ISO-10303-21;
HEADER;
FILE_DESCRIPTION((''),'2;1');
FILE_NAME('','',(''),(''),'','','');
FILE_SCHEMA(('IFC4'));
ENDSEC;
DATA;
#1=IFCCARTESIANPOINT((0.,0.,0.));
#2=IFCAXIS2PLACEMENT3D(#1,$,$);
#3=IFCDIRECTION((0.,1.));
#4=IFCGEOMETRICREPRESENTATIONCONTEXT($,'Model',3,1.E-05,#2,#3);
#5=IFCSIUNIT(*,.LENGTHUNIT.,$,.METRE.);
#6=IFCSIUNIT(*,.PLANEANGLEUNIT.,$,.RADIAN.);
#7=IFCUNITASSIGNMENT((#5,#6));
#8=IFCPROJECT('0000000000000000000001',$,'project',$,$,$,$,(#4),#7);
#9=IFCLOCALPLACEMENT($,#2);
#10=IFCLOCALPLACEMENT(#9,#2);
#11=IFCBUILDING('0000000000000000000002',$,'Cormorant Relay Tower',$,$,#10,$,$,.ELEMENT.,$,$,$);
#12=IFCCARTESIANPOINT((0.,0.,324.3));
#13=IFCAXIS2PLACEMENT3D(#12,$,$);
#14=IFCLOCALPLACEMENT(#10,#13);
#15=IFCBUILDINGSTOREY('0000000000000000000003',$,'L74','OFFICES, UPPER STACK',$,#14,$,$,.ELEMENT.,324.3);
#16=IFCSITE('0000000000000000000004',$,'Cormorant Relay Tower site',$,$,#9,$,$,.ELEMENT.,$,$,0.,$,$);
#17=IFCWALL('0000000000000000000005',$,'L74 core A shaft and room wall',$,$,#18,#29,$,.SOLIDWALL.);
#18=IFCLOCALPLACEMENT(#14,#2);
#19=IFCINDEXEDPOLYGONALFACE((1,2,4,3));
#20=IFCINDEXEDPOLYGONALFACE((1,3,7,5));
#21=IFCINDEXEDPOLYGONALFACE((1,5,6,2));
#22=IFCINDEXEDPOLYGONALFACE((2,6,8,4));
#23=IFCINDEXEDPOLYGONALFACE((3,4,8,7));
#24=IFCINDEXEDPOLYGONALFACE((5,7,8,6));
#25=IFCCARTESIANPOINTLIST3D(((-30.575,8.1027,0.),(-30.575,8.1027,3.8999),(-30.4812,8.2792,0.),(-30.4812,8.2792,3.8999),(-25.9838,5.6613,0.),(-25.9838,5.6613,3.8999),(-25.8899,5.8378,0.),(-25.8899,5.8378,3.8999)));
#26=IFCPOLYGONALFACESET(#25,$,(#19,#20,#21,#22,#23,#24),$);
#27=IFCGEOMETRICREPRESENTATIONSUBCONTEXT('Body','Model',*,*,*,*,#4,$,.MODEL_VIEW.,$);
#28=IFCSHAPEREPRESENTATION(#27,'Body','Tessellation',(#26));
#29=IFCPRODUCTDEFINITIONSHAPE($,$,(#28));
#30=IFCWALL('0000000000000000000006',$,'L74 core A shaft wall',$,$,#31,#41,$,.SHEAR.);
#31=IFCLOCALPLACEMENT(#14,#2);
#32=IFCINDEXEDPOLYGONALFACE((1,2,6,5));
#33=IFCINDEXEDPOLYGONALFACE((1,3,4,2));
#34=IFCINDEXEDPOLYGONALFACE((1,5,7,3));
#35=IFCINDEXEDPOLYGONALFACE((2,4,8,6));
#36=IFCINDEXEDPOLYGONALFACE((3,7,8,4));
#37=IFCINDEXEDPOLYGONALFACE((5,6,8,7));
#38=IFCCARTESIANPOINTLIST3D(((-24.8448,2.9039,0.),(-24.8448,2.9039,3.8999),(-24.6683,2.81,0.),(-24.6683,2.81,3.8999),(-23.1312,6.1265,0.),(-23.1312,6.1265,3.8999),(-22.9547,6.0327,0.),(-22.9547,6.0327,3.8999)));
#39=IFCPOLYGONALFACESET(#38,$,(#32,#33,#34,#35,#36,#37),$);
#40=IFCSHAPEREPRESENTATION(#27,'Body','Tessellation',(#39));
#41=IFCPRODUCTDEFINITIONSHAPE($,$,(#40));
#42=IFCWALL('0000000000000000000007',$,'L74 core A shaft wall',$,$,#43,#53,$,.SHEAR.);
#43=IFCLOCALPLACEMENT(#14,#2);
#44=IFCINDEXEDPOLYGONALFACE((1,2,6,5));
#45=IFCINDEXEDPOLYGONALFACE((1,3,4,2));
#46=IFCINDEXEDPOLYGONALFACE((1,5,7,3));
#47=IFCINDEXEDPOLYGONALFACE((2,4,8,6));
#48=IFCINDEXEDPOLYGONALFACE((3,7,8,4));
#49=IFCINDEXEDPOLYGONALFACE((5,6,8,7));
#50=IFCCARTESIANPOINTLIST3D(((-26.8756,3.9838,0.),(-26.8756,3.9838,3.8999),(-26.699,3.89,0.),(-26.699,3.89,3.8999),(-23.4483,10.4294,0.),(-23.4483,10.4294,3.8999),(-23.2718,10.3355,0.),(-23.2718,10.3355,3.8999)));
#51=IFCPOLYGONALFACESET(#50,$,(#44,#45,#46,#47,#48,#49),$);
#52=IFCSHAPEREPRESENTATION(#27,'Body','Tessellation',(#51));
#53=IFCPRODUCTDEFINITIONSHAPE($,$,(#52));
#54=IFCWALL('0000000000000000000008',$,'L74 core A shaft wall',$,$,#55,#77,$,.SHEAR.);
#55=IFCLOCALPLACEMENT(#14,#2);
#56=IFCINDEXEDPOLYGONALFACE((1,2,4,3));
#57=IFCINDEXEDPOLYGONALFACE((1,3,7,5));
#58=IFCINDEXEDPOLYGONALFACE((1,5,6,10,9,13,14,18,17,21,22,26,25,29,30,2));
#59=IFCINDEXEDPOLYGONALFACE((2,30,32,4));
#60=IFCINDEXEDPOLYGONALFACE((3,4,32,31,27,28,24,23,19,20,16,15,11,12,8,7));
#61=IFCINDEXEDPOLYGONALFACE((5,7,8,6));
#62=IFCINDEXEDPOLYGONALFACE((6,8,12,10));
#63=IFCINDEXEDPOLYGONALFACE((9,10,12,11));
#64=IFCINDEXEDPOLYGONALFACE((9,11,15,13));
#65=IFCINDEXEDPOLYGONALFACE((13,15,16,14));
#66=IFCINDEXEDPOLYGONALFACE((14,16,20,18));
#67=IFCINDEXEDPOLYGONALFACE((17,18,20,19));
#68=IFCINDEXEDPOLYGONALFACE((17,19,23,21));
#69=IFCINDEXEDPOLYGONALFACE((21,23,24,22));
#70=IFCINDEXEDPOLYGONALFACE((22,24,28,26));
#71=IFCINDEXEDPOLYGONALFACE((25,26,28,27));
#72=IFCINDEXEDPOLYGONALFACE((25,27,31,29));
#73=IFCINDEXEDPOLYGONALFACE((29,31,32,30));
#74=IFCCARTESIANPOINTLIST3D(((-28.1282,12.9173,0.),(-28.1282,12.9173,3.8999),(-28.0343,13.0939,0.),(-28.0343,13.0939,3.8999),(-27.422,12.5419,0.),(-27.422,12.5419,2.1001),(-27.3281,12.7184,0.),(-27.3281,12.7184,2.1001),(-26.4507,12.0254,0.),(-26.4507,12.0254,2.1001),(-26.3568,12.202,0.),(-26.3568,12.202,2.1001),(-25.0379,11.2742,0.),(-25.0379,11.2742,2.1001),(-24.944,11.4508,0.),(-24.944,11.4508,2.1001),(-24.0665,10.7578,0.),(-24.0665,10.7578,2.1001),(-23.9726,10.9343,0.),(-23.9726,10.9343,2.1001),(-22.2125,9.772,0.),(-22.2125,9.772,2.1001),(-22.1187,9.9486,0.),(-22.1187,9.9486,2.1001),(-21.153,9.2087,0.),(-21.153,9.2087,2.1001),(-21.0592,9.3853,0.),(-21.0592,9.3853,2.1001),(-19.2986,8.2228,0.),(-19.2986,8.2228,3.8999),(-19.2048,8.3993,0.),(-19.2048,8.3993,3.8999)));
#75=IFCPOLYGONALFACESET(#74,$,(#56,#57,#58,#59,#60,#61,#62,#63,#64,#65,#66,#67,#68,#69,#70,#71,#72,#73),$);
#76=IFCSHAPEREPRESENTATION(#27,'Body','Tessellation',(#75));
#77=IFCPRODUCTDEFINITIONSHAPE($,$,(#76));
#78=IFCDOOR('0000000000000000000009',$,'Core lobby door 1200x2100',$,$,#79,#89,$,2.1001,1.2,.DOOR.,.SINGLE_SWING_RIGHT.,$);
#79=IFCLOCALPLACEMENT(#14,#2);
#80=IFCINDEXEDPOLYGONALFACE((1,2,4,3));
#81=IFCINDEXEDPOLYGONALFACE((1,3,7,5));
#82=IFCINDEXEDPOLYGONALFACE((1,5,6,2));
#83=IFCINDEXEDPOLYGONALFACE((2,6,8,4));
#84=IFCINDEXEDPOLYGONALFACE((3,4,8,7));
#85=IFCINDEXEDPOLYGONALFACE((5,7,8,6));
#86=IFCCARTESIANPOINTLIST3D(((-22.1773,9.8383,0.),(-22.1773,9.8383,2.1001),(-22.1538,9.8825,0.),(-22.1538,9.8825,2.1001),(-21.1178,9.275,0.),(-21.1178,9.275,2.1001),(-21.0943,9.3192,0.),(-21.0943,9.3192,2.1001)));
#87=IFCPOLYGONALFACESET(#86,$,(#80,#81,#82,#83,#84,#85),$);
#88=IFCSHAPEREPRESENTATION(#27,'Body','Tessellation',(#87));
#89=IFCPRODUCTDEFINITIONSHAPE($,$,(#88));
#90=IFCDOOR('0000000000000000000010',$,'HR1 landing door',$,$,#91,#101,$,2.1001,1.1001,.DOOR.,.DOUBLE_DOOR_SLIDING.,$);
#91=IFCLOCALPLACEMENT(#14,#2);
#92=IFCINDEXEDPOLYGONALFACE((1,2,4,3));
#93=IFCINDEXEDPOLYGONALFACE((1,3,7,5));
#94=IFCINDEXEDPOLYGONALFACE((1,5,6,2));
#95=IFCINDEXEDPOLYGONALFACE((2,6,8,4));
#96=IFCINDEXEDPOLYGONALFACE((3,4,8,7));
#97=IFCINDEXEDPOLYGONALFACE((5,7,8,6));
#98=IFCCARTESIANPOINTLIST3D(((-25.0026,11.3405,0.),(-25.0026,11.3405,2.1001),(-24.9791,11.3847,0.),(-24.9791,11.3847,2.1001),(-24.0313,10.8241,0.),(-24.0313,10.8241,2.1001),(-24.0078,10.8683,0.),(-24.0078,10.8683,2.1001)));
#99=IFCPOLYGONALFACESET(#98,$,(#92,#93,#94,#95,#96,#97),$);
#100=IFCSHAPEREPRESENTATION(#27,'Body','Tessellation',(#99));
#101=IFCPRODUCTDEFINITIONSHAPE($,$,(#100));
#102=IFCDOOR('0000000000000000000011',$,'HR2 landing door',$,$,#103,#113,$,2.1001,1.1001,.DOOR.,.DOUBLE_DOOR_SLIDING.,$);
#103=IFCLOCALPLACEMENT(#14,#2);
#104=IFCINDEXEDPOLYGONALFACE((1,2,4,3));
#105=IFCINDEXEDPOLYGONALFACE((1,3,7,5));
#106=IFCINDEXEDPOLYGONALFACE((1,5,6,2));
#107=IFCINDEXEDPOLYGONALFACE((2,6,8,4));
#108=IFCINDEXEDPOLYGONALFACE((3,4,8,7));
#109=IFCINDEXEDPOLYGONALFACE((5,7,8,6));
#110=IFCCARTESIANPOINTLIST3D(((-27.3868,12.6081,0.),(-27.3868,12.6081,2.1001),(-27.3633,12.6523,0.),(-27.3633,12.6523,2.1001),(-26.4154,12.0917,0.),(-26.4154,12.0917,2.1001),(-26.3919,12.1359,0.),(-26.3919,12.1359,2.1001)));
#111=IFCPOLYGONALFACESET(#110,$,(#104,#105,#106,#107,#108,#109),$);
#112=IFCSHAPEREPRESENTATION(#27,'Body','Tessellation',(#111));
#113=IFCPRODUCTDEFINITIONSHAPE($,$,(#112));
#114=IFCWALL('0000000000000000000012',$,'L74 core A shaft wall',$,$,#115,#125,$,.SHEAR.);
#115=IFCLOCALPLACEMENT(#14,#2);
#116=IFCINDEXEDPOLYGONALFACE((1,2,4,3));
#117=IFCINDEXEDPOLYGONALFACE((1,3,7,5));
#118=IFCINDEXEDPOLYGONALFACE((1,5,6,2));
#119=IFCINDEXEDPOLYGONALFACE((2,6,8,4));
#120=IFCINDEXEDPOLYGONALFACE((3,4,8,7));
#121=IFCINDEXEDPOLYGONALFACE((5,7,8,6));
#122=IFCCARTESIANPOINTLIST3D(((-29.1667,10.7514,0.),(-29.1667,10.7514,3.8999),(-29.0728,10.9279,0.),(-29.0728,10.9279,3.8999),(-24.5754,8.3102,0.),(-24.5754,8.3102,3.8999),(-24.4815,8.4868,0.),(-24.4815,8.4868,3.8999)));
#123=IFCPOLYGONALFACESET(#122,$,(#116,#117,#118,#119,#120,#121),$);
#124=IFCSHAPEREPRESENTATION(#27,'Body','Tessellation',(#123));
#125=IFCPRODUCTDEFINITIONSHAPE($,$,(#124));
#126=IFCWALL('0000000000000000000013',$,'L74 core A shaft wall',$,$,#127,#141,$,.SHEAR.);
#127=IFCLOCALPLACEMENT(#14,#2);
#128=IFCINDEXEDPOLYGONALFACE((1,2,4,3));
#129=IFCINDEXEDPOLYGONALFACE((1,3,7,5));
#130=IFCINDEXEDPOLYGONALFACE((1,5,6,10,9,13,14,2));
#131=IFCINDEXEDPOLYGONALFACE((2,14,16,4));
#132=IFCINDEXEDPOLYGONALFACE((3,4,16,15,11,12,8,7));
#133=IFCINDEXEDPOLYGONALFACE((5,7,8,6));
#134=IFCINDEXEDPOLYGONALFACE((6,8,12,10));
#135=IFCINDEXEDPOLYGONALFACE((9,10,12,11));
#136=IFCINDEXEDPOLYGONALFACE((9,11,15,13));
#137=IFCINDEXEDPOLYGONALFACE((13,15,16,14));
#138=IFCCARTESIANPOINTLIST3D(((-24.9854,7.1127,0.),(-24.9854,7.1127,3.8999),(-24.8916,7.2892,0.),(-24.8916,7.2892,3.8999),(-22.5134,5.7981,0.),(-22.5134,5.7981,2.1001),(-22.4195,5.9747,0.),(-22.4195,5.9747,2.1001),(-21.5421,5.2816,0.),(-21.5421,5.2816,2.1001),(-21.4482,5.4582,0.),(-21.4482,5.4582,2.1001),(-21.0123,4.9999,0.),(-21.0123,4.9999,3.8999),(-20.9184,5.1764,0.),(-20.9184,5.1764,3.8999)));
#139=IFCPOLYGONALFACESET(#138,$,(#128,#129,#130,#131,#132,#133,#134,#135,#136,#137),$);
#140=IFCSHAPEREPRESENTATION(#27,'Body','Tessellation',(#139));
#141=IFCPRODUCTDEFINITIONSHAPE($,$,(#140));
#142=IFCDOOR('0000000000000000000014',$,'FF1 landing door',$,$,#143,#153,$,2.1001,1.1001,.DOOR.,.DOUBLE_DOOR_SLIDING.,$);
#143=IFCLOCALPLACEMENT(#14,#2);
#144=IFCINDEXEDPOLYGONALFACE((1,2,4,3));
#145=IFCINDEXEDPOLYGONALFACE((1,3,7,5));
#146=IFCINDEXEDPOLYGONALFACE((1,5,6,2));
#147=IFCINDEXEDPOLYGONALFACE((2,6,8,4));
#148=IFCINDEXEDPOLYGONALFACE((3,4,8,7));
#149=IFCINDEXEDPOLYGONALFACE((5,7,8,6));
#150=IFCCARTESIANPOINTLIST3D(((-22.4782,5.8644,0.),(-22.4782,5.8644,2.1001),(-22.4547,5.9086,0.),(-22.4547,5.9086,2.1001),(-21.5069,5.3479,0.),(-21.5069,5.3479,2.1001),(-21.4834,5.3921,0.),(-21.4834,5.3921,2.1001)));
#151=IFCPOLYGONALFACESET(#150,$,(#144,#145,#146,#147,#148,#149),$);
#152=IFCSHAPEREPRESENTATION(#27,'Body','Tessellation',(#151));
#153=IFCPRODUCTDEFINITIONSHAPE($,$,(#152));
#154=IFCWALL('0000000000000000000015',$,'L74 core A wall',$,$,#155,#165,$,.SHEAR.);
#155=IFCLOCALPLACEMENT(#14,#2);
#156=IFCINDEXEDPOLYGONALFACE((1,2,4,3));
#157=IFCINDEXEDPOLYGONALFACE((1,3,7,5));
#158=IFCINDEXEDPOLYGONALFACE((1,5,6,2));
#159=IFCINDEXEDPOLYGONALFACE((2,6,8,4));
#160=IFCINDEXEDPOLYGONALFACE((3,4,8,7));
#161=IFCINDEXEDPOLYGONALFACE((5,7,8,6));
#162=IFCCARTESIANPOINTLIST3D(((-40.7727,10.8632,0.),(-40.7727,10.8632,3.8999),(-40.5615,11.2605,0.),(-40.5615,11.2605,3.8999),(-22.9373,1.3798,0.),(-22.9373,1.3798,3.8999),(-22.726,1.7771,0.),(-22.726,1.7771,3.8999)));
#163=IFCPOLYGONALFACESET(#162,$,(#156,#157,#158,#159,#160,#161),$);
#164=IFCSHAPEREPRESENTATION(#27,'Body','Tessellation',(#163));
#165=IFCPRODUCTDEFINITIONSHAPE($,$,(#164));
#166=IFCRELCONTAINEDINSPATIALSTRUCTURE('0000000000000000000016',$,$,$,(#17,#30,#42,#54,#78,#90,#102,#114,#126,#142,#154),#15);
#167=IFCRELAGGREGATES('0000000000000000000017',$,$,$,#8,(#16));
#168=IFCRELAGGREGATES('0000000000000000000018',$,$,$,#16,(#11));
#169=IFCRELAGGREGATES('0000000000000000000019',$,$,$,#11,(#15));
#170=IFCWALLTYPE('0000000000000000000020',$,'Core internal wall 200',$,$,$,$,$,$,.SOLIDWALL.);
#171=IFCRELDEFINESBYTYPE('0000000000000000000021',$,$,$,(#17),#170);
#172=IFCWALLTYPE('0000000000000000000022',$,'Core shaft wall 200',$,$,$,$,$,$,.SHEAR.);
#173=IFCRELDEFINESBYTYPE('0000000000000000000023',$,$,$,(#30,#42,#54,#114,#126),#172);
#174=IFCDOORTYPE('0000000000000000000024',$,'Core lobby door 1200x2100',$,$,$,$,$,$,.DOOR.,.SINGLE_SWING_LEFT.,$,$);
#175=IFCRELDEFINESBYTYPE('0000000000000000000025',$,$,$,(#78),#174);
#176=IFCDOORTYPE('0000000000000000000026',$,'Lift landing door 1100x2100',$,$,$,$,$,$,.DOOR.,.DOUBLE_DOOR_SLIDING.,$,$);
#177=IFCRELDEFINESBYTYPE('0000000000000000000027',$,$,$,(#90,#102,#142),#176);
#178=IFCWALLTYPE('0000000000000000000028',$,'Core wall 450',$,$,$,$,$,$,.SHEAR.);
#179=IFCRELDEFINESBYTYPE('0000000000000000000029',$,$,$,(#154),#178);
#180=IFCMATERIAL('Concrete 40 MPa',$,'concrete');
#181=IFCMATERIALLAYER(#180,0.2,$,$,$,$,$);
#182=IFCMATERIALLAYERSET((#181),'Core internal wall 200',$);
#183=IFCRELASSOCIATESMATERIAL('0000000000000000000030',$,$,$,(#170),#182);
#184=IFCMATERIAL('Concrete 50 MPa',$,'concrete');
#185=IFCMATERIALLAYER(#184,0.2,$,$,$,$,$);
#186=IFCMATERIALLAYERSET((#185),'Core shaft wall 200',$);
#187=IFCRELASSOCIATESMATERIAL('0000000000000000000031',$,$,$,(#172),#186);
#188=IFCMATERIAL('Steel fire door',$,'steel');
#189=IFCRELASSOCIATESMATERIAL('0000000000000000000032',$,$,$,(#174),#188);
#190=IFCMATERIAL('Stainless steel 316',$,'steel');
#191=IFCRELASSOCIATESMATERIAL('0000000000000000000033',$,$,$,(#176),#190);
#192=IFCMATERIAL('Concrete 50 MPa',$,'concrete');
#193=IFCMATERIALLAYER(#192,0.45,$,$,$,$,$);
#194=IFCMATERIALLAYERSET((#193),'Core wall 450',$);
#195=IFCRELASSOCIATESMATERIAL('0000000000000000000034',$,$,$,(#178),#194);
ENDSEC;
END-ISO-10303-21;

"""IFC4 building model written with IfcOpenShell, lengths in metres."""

from ifc_helpers import new_model, si_unit, direction, frame, frame_2d, origin, place, context, subcontext, project, spatial, rectangle, extrude, material, layer, layer_set, type_object, element, fill, save


model = new_model("IFC4")

# Units and contexts
model_context = context("Model", 3, precision=1e-05, world=origin(), true_north=direction((0.0, 1.0)))
body_context = subcontext(model_context, "Body", "Model", "MODEL_VIEW")
ifc_project = project(units=[si_unit("LENGTHUNIT", "METRE"), si_unit("PLANEANGLEUNIT", "RADIAN")], contexts=[model_context])

# Site, building, storey
site_placement = place(None, origin())
site = spatial("IfcSite", under=ifc_project, at=site_placement, Name="Cormorant Relay Tower site", CompositionType="ELEMENT", RefElevation=0.0)
building_placement = place(site_placement, origin())
building = spatial("IfcBuilding", under=site, at=building_placement, Name="Cormorant Relay Tower", CompositionType="ELEMENT")
storey_placement = place(building_placement, frame((0.0, 0.0, 324.3)))
storey = spatial("IfcBuildingStorey", under=building, at=storey_placement, Name="L74", Description="OFFICES, UPPER STACK", CompositionType="ELEMENT", Elevation=324.3)

# Walls
ifc_material_1 = material(Name="Concrete 40 MPa", Category="concrete")
ifc_layer_1 = layer(ifc_material_1, 0.2)
ifc_layer_set_1 = layer_set([ifc_layer_1], Name="Core internal wall 200")
wall_type_1 = type_object("IfcWallType", Name="Core internal wall 200", PredefinedType="SOLIDWALL", material=ifc_layer_set_1)
wall_1_placement = place(storey_placement, frame((-25.9368, 5.7495, 0.0), z_axis=(0.0, 0.0, 1.0), x_axis=(-0.882935, 0.469496, 0.0)))
element("IfcWall", 1, at=wall_1_placement, inside=storey, type_object=wall_type_1, Name="L74 core A shaft and room wall", PredefinedType="SOLIDWALL", context=body_context, shape_type="SweptSolid", body=[
    extrude(rectangle(XDim=5.2, YDim=0.2, at=frame_2d((2.6001, 0.0))), origin(), (0.0, 0.0, 1.0), 3.8999),
])
ifc_material_2 = material(Name="Concrete 50 MPa", Category="concrete")
ifc_layer_2 = layer(ifc_material_2, 0.2)
ifc_layer_set_2 = layer_set([ifc_layer_2], Name="Core shaft wall 200")
wall_type_2 = type_object("IfcWallType", Name="Core shaft wall 200", PredefinedType="SHEAR", material=ifc_layer_set_2)
wall_2_placement = place(storey_placement, frame((-23.043, 6.0796, 0.0), z_axis=(0.0, 0.0, 1.0), x_axis=(-0.469494, -0.882936, 0.0)))
element("IfcWall", 2, at=wall_2_placement, inside=storey, type_object=wall_type_2, Name="L74 core A shaft wall", PredefinedType="SHEAR", context=body_context, shape_type="SweptSolid", body=[
    extrude(rectangle(XDim=3.6499, YDim=0.2, at=frame_2d((1.825, 0.0))), origin(), (0.0, 0.0, 1.0), 3.8999),
])
wall_3_placement = place(storey_placement, frame((-23.3601, 10.3823, 0.0), z_axis=(0.0, 0.0, 1.0), x_axis=(-0.46948, -0.882943, 0.0)))
element("IfcWall", 3, at=wall_3_placement, inside=storey, type_object=wall_type_2, Name="L74 core A shaft wall", PredefinedType="SHEAR", context=body_context, shape_type="SweptSolid", body=[
    extrude(rectangle(XDim=7.3, YDim=0.2, at=frame_2d((3.6499, 0.0))), origin(), (0.0, 0.0, 1.0), 3.8999),
])

# Wall, openings, doors
wall_4_placement = place(storey_placement, frame((-19.2517, 8.311, 0.0), z_axis=(0.0, 0.0, 1.0), x_axis=(-0.882956, 0.469456, 0.0)))
wall_4 = element("IfcWall", 4, at=wall_4_placement, inside=storey, type_object=wall_type_2, Name="L74 core A shaft wall", PredefinedType="SHEAR", context=body_context, shape_type="SweptSolid", body=[
    extrude(rectangle(XDim=10.0, YDim=0.2, at=frame_2d((5.0, 0.0))), origin(), (0.0, 0.0, 1.0), 3.8999),
])
opening_1_placement = place(wall_4_placement, frame((2.1001, 0.0, 0.0)))
opening_1 = element("IfcOpeningElement", 5, at=opening_1_placement, cuts=wall_4, PredefinedType="OPENING", context=body_context, shape_type="SweptSolid", body=[
    extrude(rectangle(XDim=1.2, YDim=2.1001, at=frame_2d((0.6001, 1.05))), frame((0.0, 0.1099, 0.0), z_axis=(0.0, -1.0, 0.0), x_axis=(1.0, 0.0, 0.0)), (0.0, 0.0, 1.0), 0.22),
])
opening_2_placement = place(wall_4_placement, frame((5.3999, 0.0, 0.0)))
opening_2 = element("IfcOpeningElement", 6, at=opening_2_placement, cuts=wall_4, PredefinedType="OPENING", context=body_context, shape_type="SweptSolid", body=[
    extrude(rectangle(XDim=1.1001, YDim=2.1001, at=frame_2d((0.55, 1.05))), frame((0.0, 0.1099, 0.0), z_axis=(0.0, -1.0, 0.0), x_axis=(1.0, 0.0, 0.0)), (0.0, 0.0, 1.0), 0.22),
])
opening_3_placement = place(wall_4_placement, frame((8.1001, 0.0, 0.0)))
opening_3 = element("IfcOpeningElement", 7, at=opening_3_placement, cuts=wall_4, PredefinedType="OPENING", context=body_context, shape_type="SweptSolid", body=[
    extrude(rectangle(XDim=1.1001, YDim=2.1001, at=frame_2d((0.55, 1.05))), frame((0.0, 0.1099, 0.0), z_axis=(0.0, -1.0, 0.0), x_axis=(1.0, 0.0, 0.0)), (0.0, 0.0, 1.0), 0.22),
])
ifc_material_3 = material(Name="Steel fire door", Category="steel")
door_type_1 = type_object("IfcDoorType", Name="Core lobby door 1200x2100", OperationType="SINGLE_SWING_LEFT", PredefinedType="DOOR", material=ifc_material_3)
door_1_placement = place(opening_1_placement, origin())
door_1 = element("IfcDoor", 8, at=door_1_placement, inside=storey, type_object=door_type_1, Name="Core lobby door 1200x2100", OperationType="SINGLE_SWING_RIGHT", OverallHeight=2.1001, OverallWidth=1.2, PredefinedType="DOOR", context=body_context, shape_type="SweptSolid", body=[
    extrude(rectangle(XDim=1.2, YDim=2.1001, at=frame_2d((0.6001, 1.05))), frame((0.0, 0.0249, 0.0), z_axis=(0.0, -1.0, 0.0), x_axis=(1.0, 0.0, 0.0)), (0.0, 0.0, 1.0), 0.05),
])
fill(opening_1, door_1)
ifc_material_4 = material(Name="Stainless steel 316", Category="steel")
door_type_2 = type_object("IfcDoorType", Name="Lift landing door 1100x2100", OperationType="DOUBLE_DOOR_SLIDING", PredefinedType="DOOR", material=ifc_material_4)
door_2_placement = place(opening_2_placement, origin())
door_2 = element("IfcDoor", 9, at=door_2_placement, inside=storey, type_object=door_type_2, Name="HR1 landing door", OperationType="DOUBLE_DOOR_SLIDING", OverallHeight=2.1001, OverallWidth=1.1001, PredefinedType="DOOR", context=body_context, shape_type="SweptSolid", body=[
    extrude(rectangle(XDim=1.1001, YDim=2.1001, at=frame_2d((0.55, 1.05))), frame((0.0, 0.0249, 0.0), z_axis=(0.0, -1.0, 0.0), x_axis=(1.0, 0.0, 0.0)), (0.0, 0.0, 1.0), 0.05),
])
fill(opening_2, door_2)
door_3_placement = place(opening_3_placement, origin())
door_3 = element("IfcDoor", 10, at=door_3_placement, inside=storey, type_object=door_type_2, Name="HR2 landing door", OperationType="DOUBLE_DOOR_SLIDING", OverallHeight=2.1001, OverallWidth=1.1001, PredefinedType="DOOR", context=body_context, shape_type="SweptSolid", body=[
    extrude(rectangle(XDim=1.1001, YDim=2.1001, at=frame_2d((0.55, 1.05))), frame((0.0, 0.0249, 0.0), z_axis=(0.0, -1.0, 0.0), x_axis=(1.0, 0.0, 0.0)), (0.0, 0.0, 1.0), 0.05),
])
fill(opening_3, door_3)

# Wall
wall_5_placement = place(storey_placement, frame((-24.5283, 8.3984, 0.0), z_axis=(0.0, 0.0, 1.0), x_axis=(-0.882954, 0.46946, 0.0)))
element("IfcWall", 11, at=wall_5_placement, inside=storey, type_object=wall_type_2, Name="L74 core A shaft wall", PredefinedType="SHEAR", context=body_context, shape_type="SweptSolid", body=[
    extrude(rectangle(XDim=5.2, YDim=0.2, at=frame_2d((2.6001, 0.0))), origin(), (0.0, 0.0, 1.0), 3.8999),
])

# Wall, opening, door
wall_6_placement = place(storey_placement, frame((-20.9653, 5.0881, 0.0), z_axis=(0.0, 0.0, 1.0), x_axis=(-0.882926, 0.469512, 0.0)))
wall_6 = element("IfcWall", 12, at=wall_6_placement, inside=storey, type_object=wall_type_2, Name="L74 core A shaft wall", PredefinedType="SHEAR", context=body_context, shape_type="SweptSolid", body=[
    extrude(rectangle(XDim=4.5, YDim=0.2, at=frame_2d((2.25, 0.0))), origin(), (0.0, 0.0, 1.0), 3.8999),
])
opening_4_placement = place(wall_6_placement, frame((0.6001, 0.0, 0.0)))
opening_4 = element("IfcOpeningElement", 13, at=opening_4_placement, cuts=wall_6, PredefinedType="OPENING", context=body_context, shape_type="SweptSolid", body=[
    extrude(rectangle(XDim=1.1001, YDim=2.1001, at=frame_2d((0.55, 1.05))), frame((0.0, 0.1099, 0.0), z_axis=(0.0, -1.0, 0.0), x_axis=(1.0, 0.0, 0.0)), (0.0, 0.0, 1.0), 0.22),
])
door_4_placement = place(opening_4_placement, origin())
door_4 = element("IfcDoor", 14, at=door_4_placement, inside=storey, type_object=door_type_2, Name="FF1 landing door", OperationType="DOUBLE_DOOR_SLIDING", OverallHeight=2.1001, OverallWidth=1.1001, PredefinedType="DOOR", context=body_context, shape_type="SweptSolid", body=[
    extrude(rectangle(XDim=1.1001, YDim=2.1001, at=frame_2d((0.55, 1.05))), frame((0.0, 0.0249, 0.0), z_axis=(0.0, -1.0, 0.0), x_axis=(1.0, 0.0, 0.0)), (0.0, 0.0, 1.0), 0.05),
])
fill(opening_4, door_4)

# Wall
ifc_material_5 = material(Name="Concrete 50 MPa", Category="concrete")
ifc_layer_3 = layer(ifc_material_5, 0.45)
ifc_layer_set_3 = layer_set([ifc_layer_3], Name="Core wall 450")
wall_type_3 = type_object("IfcWallType", Name="Core wall 450", PredefinedType="SHEAR", material=ifc_layer_set_3)
wall_7_placement = place(storey_placement, frame((-22.8315, 1.5784, 0.0), z_axis=(0.0, 0.0, 1.0), x_axis=(-0.882945, 0.469476, 0.0)))
element("IfcWall", 15, at=wall_7_placement, inside=storey, type_object=wall_type_3, Name="L74 core A wall", PredefinedType="SHEAR", context=body_context, shape_type="SweptSolid", body=[
    extrude(rectangle(XDim=20.2, YDim=0.45, at=frame_2d((10.1001, 0.0))), origin(), (0.0, 0.0, 1.0), 3.8999),
])

save(model, "model.ifc")
